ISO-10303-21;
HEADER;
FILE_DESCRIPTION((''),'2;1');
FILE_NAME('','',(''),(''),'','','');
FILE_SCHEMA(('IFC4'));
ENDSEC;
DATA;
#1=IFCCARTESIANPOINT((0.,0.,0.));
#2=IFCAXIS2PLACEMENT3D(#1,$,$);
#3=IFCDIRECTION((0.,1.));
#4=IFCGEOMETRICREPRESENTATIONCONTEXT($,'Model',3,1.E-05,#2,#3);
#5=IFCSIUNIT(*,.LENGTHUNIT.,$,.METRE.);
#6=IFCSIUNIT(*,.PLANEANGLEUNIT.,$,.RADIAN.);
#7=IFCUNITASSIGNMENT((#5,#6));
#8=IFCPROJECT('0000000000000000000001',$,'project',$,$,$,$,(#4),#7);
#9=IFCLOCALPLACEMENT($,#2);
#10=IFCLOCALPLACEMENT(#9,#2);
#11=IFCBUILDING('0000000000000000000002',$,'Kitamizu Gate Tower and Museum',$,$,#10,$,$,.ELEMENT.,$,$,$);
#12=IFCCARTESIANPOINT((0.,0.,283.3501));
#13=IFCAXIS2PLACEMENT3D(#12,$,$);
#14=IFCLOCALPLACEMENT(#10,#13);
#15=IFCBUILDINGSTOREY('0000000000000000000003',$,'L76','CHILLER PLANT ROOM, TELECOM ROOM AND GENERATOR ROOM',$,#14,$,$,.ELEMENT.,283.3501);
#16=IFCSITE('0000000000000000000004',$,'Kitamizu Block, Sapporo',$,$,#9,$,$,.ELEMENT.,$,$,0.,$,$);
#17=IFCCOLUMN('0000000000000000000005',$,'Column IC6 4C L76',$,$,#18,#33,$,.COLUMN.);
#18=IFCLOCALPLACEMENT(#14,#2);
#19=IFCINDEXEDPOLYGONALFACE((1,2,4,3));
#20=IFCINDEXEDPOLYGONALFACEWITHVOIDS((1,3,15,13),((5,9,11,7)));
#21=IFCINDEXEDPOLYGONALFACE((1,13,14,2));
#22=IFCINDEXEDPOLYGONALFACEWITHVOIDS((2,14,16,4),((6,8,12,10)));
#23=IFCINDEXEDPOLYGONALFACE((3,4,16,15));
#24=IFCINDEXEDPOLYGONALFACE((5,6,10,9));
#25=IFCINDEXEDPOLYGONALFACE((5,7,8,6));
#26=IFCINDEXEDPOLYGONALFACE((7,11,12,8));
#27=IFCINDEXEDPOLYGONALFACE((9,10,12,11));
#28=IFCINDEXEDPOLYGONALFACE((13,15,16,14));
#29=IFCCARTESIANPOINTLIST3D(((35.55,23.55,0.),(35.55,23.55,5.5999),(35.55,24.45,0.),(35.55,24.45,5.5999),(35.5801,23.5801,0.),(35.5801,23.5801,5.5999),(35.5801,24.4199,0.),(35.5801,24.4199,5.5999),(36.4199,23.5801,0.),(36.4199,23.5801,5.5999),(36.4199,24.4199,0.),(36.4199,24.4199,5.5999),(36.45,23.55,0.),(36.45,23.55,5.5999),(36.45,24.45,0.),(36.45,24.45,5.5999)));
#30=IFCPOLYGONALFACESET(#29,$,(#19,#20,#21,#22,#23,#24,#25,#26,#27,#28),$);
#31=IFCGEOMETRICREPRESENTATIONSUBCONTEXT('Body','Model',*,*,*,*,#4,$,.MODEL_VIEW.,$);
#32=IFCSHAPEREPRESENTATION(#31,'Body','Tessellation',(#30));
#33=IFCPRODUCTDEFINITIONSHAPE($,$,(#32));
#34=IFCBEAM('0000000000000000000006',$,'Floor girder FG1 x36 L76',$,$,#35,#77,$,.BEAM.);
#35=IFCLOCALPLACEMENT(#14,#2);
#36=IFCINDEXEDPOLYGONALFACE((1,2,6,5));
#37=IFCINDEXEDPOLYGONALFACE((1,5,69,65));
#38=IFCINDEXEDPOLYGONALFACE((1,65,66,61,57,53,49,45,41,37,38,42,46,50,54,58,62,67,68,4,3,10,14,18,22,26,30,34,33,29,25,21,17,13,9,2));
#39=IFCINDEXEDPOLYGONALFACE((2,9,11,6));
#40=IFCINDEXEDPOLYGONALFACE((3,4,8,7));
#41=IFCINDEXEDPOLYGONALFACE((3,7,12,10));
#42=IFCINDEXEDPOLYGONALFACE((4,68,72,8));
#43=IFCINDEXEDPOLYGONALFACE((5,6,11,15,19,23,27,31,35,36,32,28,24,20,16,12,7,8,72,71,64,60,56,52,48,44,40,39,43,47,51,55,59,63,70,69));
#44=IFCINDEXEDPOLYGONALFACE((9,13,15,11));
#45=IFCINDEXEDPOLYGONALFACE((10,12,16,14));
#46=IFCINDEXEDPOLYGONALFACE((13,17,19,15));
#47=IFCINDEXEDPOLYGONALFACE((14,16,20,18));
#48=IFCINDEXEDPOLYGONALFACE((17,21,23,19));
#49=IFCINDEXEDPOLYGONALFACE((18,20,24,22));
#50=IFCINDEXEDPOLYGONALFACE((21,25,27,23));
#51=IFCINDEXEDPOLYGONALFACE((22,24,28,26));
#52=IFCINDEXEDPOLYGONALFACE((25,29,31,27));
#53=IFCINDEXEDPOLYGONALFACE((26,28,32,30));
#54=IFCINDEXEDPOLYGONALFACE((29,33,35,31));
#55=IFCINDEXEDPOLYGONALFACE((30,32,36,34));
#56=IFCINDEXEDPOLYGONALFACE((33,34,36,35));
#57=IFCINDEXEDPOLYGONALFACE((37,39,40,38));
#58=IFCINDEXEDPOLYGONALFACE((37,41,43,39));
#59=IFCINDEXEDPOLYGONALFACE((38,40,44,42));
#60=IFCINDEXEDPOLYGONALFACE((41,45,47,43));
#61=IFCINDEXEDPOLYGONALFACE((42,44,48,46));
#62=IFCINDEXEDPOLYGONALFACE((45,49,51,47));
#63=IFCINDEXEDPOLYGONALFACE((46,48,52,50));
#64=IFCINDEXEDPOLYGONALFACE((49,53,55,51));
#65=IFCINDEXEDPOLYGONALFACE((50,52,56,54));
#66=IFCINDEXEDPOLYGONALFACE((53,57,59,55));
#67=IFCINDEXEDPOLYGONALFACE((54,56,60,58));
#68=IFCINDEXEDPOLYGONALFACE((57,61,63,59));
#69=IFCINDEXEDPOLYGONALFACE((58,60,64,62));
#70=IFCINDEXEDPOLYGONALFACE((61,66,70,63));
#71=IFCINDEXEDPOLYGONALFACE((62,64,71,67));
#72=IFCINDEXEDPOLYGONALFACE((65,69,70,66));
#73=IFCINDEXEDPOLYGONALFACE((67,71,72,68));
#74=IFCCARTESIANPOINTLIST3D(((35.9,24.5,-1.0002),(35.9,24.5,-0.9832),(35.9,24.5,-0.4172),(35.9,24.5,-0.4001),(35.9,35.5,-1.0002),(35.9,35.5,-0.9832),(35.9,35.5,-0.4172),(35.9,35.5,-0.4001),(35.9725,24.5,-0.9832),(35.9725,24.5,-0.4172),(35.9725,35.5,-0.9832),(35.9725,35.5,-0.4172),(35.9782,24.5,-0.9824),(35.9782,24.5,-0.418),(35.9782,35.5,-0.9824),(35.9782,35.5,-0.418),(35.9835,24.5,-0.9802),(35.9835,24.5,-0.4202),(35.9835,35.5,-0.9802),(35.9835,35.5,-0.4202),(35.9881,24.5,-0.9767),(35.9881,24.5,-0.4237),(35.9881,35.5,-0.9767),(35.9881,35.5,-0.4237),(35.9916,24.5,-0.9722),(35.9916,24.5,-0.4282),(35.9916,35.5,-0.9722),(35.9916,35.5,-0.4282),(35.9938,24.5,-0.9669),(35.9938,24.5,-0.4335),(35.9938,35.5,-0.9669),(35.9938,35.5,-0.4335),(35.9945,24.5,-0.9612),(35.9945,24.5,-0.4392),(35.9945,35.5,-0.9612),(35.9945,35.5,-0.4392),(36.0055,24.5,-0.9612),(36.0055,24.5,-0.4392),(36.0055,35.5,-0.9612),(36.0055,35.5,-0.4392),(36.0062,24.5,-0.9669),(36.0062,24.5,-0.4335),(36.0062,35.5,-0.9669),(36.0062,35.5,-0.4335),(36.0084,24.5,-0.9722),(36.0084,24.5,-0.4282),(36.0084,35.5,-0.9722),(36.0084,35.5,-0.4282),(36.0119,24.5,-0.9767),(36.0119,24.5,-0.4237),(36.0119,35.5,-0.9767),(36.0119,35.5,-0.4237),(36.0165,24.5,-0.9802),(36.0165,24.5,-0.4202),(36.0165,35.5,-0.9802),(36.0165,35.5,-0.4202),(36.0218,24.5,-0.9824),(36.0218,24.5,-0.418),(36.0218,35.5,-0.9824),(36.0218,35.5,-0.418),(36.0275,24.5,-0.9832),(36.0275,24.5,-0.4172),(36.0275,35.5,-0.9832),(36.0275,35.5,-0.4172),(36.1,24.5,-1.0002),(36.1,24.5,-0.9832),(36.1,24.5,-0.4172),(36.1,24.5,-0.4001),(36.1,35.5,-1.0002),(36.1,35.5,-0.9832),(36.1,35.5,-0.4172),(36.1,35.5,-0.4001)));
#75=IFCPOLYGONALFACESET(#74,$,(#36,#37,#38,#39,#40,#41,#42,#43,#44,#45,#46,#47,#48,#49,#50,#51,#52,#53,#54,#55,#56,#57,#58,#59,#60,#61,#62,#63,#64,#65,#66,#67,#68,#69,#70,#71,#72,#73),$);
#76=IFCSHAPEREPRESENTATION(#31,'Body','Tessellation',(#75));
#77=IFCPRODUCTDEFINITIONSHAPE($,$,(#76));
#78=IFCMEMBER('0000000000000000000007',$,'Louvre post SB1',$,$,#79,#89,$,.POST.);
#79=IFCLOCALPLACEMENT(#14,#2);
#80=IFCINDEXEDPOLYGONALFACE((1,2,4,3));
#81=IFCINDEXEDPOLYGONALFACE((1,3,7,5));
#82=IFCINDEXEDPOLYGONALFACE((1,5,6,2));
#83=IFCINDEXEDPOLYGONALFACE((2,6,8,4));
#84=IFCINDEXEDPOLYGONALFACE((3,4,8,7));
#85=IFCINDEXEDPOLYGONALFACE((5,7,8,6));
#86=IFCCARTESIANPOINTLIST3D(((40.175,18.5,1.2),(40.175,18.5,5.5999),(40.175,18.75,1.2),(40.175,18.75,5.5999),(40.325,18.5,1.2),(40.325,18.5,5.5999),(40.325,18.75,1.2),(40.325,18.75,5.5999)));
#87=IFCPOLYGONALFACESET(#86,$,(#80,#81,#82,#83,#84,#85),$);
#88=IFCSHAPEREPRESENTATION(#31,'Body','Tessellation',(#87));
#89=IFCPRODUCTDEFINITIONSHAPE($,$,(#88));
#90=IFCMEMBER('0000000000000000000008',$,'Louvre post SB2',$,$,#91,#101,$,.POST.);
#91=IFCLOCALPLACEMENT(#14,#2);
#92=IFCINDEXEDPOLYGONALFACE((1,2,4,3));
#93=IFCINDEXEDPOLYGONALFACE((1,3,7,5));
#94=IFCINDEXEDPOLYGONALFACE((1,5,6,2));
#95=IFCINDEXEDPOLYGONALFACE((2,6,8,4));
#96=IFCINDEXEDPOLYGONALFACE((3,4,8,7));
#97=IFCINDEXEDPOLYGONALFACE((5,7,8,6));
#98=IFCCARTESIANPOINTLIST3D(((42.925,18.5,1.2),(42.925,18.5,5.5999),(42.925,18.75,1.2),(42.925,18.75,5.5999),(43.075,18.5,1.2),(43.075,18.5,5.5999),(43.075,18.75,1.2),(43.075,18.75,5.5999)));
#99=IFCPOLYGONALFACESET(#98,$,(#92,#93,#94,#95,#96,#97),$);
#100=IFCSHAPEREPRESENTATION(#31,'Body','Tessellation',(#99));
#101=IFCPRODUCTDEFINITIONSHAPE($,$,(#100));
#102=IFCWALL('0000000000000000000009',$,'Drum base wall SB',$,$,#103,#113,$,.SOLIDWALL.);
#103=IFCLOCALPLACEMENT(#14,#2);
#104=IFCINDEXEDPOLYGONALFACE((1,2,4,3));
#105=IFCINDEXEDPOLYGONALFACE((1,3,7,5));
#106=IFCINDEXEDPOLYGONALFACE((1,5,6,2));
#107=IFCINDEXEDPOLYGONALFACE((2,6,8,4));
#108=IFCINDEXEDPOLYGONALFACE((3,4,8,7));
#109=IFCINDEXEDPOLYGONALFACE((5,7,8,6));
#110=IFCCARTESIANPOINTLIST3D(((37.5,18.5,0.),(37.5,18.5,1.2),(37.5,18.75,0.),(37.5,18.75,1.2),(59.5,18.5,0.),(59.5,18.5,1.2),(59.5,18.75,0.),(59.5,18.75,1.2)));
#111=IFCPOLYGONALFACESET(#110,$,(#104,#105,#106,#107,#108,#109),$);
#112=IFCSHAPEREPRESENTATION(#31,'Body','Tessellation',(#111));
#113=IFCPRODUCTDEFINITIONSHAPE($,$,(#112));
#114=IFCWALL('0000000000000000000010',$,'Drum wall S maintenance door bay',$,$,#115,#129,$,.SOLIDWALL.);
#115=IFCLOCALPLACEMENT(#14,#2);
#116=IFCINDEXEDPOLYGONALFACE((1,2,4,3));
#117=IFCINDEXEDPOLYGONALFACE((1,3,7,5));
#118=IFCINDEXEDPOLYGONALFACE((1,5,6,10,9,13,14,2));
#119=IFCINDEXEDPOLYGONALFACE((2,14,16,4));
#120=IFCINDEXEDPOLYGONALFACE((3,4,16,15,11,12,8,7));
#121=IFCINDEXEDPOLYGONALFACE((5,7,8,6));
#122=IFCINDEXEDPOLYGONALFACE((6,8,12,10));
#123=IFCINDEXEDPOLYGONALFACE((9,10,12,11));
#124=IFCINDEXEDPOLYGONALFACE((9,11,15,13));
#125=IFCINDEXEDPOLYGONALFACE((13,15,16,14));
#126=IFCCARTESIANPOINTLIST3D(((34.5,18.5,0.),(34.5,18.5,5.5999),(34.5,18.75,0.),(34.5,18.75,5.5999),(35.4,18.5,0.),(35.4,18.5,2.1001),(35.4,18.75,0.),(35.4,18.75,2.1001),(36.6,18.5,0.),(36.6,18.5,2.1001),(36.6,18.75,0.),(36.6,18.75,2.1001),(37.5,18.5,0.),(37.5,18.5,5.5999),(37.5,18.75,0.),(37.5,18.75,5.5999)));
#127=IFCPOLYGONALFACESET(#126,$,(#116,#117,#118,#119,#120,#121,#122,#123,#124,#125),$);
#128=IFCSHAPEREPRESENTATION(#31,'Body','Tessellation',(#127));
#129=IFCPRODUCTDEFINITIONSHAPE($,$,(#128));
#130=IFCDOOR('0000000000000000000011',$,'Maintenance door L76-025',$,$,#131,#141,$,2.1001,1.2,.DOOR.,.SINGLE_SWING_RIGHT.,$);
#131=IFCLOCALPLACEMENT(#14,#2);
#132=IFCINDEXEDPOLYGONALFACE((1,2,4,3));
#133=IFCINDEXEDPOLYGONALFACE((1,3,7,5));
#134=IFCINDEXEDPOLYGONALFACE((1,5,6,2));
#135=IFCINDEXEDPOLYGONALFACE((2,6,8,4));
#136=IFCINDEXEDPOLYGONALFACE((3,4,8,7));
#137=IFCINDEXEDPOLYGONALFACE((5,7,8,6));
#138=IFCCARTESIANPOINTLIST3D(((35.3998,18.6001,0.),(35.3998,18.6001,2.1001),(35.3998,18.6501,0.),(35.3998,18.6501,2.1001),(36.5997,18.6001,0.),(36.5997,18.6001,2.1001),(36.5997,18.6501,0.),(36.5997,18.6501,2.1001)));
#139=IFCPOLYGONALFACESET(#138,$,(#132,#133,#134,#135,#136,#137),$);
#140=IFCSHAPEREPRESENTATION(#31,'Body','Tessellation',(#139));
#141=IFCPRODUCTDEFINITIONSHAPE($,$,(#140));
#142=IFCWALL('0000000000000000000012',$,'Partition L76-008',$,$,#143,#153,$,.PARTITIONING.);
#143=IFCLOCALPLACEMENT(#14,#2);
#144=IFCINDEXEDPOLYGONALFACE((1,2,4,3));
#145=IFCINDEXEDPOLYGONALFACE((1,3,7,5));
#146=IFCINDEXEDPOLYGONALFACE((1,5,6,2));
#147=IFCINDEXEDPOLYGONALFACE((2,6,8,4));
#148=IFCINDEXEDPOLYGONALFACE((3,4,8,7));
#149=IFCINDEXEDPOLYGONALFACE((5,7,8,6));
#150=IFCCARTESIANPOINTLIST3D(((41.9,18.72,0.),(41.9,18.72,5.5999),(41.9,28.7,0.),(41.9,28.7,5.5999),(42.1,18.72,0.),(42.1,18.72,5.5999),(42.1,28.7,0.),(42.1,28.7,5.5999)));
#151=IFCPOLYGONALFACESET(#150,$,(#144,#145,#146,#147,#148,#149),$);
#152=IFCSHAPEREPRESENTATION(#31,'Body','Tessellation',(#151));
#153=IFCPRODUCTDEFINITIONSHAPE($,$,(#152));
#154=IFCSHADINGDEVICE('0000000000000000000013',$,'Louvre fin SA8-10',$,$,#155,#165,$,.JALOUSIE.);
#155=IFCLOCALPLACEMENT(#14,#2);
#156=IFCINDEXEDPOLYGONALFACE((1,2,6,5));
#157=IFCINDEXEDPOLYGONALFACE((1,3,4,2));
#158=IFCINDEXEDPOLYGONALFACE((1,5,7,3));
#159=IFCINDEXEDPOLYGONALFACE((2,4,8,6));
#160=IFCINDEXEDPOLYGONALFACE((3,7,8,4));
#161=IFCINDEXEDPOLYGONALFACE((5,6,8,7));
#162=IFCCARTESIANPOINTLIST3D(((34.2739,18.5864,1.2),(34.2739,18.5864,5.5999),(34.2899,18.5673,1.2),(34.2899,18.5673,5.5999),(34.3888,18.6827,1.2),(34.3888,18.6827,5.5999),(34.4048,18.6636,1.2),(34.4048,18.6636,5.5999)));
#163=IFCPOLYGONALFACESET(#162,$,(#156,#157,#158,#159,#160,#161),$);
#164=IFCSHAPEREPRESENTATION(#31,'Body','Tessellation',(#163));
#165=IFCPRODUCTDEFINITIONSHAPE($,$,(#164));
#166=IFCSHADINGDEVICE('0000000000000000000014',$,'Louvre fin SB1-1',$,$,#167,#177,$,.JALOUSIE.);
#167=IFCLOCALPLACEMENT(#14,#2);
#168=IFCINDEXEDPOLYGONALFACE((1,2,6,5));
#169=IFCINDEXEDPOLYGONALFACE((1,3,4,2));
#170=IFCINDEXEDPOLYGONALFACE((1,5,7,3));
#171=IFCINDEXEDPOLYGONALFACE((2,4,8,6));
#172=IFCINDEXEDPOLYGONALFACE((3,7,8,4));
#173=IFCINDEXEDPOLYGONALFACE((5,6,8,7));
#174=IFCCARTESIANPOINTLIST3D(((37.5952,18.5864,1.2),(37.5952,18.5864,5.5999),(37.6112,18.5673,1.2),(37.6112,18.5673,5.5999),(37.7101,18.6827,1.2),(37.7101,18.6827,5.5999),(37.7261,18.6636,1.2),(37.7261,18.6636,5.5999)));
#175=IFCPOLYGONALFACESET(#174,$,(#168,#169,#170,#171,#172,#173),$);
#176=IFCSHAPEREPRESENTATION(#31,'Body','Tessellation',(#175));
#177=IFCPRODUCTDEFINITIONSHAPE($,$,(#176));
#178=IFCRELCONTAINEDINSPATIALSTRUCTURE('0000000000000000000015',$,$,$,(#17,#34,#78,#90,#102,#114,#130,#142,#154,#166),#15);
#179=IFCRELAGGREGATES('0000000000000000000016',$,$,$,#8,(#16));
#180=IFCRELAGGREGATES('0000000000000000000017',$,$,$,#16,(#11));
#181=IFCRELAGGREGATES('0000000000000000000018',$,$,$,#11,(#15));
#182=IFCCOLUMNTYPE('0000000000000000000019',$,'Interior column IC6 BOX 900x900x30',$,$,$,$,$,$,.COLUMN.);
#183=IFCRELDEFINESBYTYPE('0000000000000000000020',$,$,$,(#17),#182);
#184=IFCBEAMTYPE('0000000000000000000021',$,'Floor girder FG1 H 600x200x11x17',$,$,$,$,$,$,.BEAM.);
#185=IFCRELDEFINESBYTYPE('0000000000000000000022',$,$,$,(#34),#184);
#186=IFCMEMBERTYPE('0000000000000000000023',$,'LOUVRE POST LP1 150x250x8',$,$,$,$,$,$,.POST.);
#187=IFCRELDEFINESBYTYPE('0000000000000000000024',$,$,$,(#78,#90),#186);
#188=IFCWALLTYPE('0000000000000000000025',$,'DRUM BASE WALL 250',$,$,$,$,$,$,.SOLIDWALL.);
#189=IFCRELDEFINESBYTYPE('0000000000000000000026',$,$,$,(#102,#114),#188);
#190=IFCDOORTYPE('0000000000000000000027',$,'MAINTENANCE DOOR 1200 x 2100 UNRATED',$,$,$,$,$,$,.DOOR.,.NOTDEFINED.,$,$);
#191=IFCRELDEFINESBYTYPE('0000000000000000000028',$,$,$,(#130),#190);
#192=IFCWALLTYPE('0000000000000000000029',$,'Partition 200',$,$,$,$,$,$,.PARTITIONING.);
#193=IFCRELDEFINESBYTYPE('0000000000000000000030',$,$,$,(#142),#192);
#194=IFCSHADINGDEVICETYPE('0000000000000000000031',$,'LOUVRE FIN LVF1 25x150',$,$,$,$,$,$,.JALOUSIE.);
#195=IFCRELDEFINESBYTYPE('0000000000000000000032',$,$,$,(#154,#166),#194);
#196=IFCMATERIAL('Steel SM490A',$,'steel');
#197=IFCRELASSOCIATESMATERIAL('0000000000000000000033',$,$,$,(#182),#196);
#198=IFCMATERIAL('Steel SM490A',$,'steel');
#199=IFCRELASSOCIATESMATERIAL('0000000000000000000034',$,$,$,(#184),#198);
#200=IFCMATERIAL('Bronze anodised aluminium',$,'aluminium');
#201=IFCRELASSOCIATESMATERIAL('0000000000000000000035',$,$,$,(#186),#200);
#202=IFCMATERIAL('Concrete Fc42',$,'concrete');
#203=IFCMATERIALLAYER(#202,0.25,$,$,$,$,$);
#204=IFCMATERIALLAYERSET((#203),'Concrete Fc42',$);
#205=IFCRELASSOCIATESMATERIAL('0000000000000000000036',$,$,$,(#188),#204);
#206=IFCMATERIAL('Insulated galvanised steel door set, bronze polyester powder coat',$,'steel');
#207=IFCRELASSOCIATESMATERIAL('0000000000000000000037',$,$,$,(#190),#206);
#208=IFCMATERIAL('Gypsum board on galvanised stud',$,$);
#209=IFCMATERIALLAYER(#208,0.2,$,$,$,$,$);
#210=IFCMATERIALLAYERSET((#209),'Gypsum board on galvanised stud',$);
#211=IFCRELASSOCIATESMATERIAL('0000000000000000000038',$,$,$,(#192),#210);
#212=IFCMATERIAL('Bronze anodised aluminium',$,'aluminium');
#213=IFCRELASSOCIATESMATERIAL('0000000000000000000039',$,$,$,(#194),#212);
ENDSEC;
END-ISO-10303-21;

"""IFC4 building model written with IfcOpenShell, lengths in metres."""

from ifc_helpers import new_model, si_unit, direction, frame, frame_2d, origin, origin_2d, place, context, subcontext, project, spatial, rectangle, hollow_rectangle, i_section, extrude, material, layer, layer_set, material_profile, profile_set, type_object, element, fill, save


model = new_model("IFC4")

# Units and contexts
model_context = context("Model", 3, precision=1e-05, world=origin(), true_north=direction((0.0, 1.0)))
body_context = subcontext(model_context, "Body", "Model", "MODEL_VIEW")
ifc_project = project(units=[si_unit("LENGTHUNIT", "METRE"), si_unit("PLANEANGLEUNIT", "RADIAN")], contexts=[model_context])

# Site, building, storey
site_placement = place(None, origin())
site = spatial("IfcSite", under=ifc_project, at=site_placement, Name="Kitamizu Block, Sapporo", CompositionType="ELEMENT", RefElevation=0.0)
building_placement = place(site_placement, origin())
building = spatial("IfcBuilding", under=site, at=building_placement, Name="Kitamizu Gate Tower and Museum", CompositionType="ELEMENT")
storey_placement = place(building_placement, frame((0.0, 0.0, 283.3501)))
storey = spatial("IfcBuildingStorey", under=building, at=storey_placement, Name="L76", Description="CHILLER PLANT ROOM, TELECOM ROOM AND GENERATOR ROOM", CompositionType="ELEMENT", Elevation=283.3501)

# Column
ifc_material_1 = material(Name="Steel SM490A", Category="steel")
ifc_material_profile_1 = material_profile(ifc_material_1, hollow_rectangle(XDim=0.8999, YDim=0.8999, WallThickness=0.03, at=origin_2d()), Name="BOX 900x900x30")
ifc_profile_set_1 = profile_set([ifc_material_profile_1], Name="Steel SM490A")
column_type = type_object("IfcColumnType", Name="Interior column IC6 BOX 900x900x30", PredefinedType="COLUMN", material=ifc_profile_set_1)
column_placement = place(storey_placement, frame((36.0, 24.0, 0.0), z_axis=(0.0, 0.0, 1.0), x_axis=(1.0, 0.0, 0.0)))
element("IfcColumn", 1, at=column_placement, inside=storey, type_object=column_type, Name="Column IC6 4C L76", PredefinedType="COLUMN", context=body_context, shape_type="SweptSolid", body=[
    extrude(hollow_rectangle(XDim=0.8999, YDim=0.8999, WallThickness=0.03, at=origin_2d()), origin(), (0.0, 0.0, 1.0), 5.5999),
])

# Beam
ifc_material_2 = material(Name="Steel SM490A", Category="steel")
ifc_material_profile_2 = material_profile(ifc_material_2, i_section(OverallWidth=0.2, OverallDepth=0.6001, WebThickness=0.011, FlangeThickness=0.0171, FilletRadius=0.022, at=origin_2d()), Name="H-600x200x11x17")
ifc_profile_set_2 = profile_set([ifc_material_profile_2], Name="Steel SM490A")
beam_type = type_object("IfcBeamType", Name="Floor girder FG1 H 600x200x11x17", PredefinedType="BEAM", material=ifc_profile_set_2)
beam_placement = place(storey_placement, frame((36.0, 24.5, -0.7002), z_axis=(0.0, 1.0, 0.0), x_axis=(-1.0, 0.0, 0.0)))
element("IfcBeam", 2, at=beam_placement, inside=storey, type_object=beam_type, Name="Floor girder FG1 x36 L76", PredefinedType="BEAM", context=body_context, shape_type="SweptSolid", body=[
    extrude(i_section(OverallWidth=0.2, OverallDepth=0.6001, WebThickness=0.011, FlangeThickness=0.0171, FilletRadius=0.022, at=origin_2d()), origin(), (0.0, 0.0, 1.0), 11.0),
])

# Members
ifc_material_3 = material(Name="Bronze anodised aluminium", Category="aluminium")
ifc_material_profile_3 = material_profile(ifc_material_3, rectangle(XDim=0.1499, YDim=0.25, at=origin_2d()), Name="AL 150x250")
ifc_profile_set_3 = profile_set([ifc_material_profile_3], Name="Bronze anodised aluminium")
member_type = type_object("IfcMemberType", Name="LOUVRE POST LP1 150x250x8", PredefinedType="POST", material=ifc_profile_set_3)
for number, where, z_axis, x_axis, name in (
    (3, (40.25, 18.625, 1.2), (0.0, 0.0, 1.0), (1.0, 0.0, 0.0), "Louvre post SB1"),
    (4, (43.0, 18.625, 1.2), (0.0, 0.0, 1.0), (1.0, 0.0, 0.0), "Louvre post SB2"),
):
    element("IfcMember", number, at=place(storey_placement, frame(where, z_axis=z_axis, x_axis=x_axis)), inside=storey, type_object=member_type, Name=name, PredefinedType="POST", context=body_context, shape_type="SweptSolid", body=[
        extrude(rectangle(XDim=0.1499, YDim=0.25, at=origin_2d()), origin(), (0.0, 0.0, 1.0), 4.3999),
    ])

# Wall
ifc_material_4 = material(Name="Concrete Fc42", Category="concrete")
ifc_layer_1 = layer(ifc_material_4, 0.25)
ifc_layer_set_1 = layer_set([ifc_layer_1], Name="Concrete Fc42")
wall_type_1 = type_object("IfcWallType", Name="DRUM BASE WALL 250", PredefinedType="SOLIDWALL", material=ifc_layer_set_1)
wall_1_placement = place(storey_placement, frame((37.5, 18.625, 0.0), z_axis=(0.0, 0.0, 1.0), x_axis=(1.0, 0.0, 0.0)))
element("IfcWall", 5, at=wall_1_placement, inside=storey, type_object=wall_type_1, Name="Drum base wall SB", PredefinedType="SOLIDWALL", context=body_context, shape_type="SweptSolid", body=[
    extrude(rectangle(XDim=22.0, YDim=0.25, at=frame_2d((11.0, 0.0))), origin(), (0.0, 0.0, 1.0), 1.2),
])

# Wall, opening, door
wall_2_placement = place(storey_placement, frame((34.5, 18.625, 0.0), z_axis=(0.0, 0.0, 1.0), x_axis=(1.0, 0.0, 0.0)))
wall_2 = element("IfcWall", 6, at=wall_2_placement, inside=storey, type_object=wall_type_1, Name="Drum wall S maintenance door bay", PredefinedType="SOLIDWALL", context=body_context, shape_type="SweptSolid", body=[
    extrude(rectangle(XDim=3.0, YDim=0.25, at=frame_2d((1.5, 0.0))), origin(), (0.0, 0.0, 1.0), 5.5999),
])
opening_placement = place(wall_2_placement, frame((0.8999, 0.0, 0.0)))
opening = element("IfcOpeningElement", 7, at=opening_placement, cuts=wall_2, PredefinedType="OPENING", context=body_context, shape_type="SweptSolid", body=[
    extrude(rectangle(XDim=1.2, YDim=2.1001, at=frame_2d((0.6001, 1.05))), frame((0.0, 0.135, 0.0), z_axis=(0.0, -1.0, 0.0), x_axis=(1.0, 0.0, 0.0)), (0.0, 0.0, 1.0), 0.27),
])
ifc_material_5 = material(Name="Insulated galvanised steel door set, bronze polyester powder coat", Category="steel")
door_type = type_object("IfcDoorType", Name="MAINTENANCE DOOR 1200 x 2100 UNRATED", OperationType="NOTDEFINED", PredefinedType="DOOR", material=ifc_material_5)
door_placement = place(opening_placement, frame((1.2, 0.0, 0.0), x_axis=(-1.0, 0.0, 0.0)))
door = element("IfcDoor", 8, at=door_placement, inside=storey, type_object=door_type, Name="Maintenance door L76-025", OperationType="SINGLE_SWING_RIGHT", OverallHeight=2.1001, OverallWidth=1.2, PredefinedType="DOOR", context=body_context, shape_type="SweptSolid", body=[
    extrude(rectangle(XDim=1.2, YDim=2.1001, at=frame_2d((0.6001, 1.05))), frame((0.0, 0.0249, 0.0), z_axis=(0.0, -1.0, 0.0), x_axis=(1.0, 0.0, 0.0)), (0.0, 0.0, 1.0), 0.05),
])
fill(opening, door)

# Wall
ifc_material_6 = material(Name="Gypsum board on galvanised stud")
ifc_layer_2 = layer(ifc_material_6, 0.2)
ifc_layer_set_2 = layer_set([ifc_layer_2], Name="Gypsum board on galvanised stud")
wall_type_2 = type_object("IfcWallType", Name="Partition 200", PredefinedType="PARTITIONING", material=ifc_layer_set_2)
wall_3_placement = place(storey_placement, frame((42.0, 18.72, 0.0), z_axis=(0.0, 0.0, 1.0), x_axis=(0.0, 1.0, 0.0)))
element("IfcWall", 9, at=wall_3_placement, inside=storey, type_object=wall_type_2, Name="Partition L76-008", PredefinedType="PARTITIONING", context=body_context, shape_type="SweptSolid", body=[
    extrude(rectangle(XDim=9.98, YDim=0.2, at=frame_2d((4.99, 0.0))), origin(), (0.0, 0.0, 1.0), 5.5999),
])

# Shading devices
ifc_material_7 = material(Name="Bronze anodised aluminium", Category="aluminium")
ifc_material_profile_4 = material_profile(ifc_material_7, rectangle(XDim=0.1499, YDim=0.0249, at=origin_2d()), Name="AL 25x150")
ifc_profile_set_4 = profile_set([ifc_material_profile_4], Name="Bronze anodised aluminium")
shading_device_type = type_object("IfcShadingDeviceType", Name="LOUVRE FIN LVF1 25x150", PredefinedType="JALOUSIE", material=ifc_profile_set_4)
for number, where, z_axis, x_axis, name in (
    (10, (34.3394, 18.625, 1.2), (0.0, 0.0, 1.0), (0.766044, 0.642788, 0.0), "Louvre fin SA8-10"),
    (11, (37.6606, 18.625, 1.2), (0.0, 0.0, 1.0), (0.766044, 0.642788, 0.0), "Louvre fin SB1-1"),
):
    element("IfcShadingDevice", number, at=place(storey_placement, frame(where, z_axis=z_axis, x_axis=x_axis)), inside=storey, type_object=shading_device_type, Name=name, PredefinedType="JALOUSIE", context=body_context, shape_type="SweptSolid", body=[
        extrude(rectangle(XDim=0.1499, YDim=0.0249, at=origin_2d()), origin(), (0.0, 0.0, 1.0), 4.3999),
    ])

save(model, "model.ifc")
